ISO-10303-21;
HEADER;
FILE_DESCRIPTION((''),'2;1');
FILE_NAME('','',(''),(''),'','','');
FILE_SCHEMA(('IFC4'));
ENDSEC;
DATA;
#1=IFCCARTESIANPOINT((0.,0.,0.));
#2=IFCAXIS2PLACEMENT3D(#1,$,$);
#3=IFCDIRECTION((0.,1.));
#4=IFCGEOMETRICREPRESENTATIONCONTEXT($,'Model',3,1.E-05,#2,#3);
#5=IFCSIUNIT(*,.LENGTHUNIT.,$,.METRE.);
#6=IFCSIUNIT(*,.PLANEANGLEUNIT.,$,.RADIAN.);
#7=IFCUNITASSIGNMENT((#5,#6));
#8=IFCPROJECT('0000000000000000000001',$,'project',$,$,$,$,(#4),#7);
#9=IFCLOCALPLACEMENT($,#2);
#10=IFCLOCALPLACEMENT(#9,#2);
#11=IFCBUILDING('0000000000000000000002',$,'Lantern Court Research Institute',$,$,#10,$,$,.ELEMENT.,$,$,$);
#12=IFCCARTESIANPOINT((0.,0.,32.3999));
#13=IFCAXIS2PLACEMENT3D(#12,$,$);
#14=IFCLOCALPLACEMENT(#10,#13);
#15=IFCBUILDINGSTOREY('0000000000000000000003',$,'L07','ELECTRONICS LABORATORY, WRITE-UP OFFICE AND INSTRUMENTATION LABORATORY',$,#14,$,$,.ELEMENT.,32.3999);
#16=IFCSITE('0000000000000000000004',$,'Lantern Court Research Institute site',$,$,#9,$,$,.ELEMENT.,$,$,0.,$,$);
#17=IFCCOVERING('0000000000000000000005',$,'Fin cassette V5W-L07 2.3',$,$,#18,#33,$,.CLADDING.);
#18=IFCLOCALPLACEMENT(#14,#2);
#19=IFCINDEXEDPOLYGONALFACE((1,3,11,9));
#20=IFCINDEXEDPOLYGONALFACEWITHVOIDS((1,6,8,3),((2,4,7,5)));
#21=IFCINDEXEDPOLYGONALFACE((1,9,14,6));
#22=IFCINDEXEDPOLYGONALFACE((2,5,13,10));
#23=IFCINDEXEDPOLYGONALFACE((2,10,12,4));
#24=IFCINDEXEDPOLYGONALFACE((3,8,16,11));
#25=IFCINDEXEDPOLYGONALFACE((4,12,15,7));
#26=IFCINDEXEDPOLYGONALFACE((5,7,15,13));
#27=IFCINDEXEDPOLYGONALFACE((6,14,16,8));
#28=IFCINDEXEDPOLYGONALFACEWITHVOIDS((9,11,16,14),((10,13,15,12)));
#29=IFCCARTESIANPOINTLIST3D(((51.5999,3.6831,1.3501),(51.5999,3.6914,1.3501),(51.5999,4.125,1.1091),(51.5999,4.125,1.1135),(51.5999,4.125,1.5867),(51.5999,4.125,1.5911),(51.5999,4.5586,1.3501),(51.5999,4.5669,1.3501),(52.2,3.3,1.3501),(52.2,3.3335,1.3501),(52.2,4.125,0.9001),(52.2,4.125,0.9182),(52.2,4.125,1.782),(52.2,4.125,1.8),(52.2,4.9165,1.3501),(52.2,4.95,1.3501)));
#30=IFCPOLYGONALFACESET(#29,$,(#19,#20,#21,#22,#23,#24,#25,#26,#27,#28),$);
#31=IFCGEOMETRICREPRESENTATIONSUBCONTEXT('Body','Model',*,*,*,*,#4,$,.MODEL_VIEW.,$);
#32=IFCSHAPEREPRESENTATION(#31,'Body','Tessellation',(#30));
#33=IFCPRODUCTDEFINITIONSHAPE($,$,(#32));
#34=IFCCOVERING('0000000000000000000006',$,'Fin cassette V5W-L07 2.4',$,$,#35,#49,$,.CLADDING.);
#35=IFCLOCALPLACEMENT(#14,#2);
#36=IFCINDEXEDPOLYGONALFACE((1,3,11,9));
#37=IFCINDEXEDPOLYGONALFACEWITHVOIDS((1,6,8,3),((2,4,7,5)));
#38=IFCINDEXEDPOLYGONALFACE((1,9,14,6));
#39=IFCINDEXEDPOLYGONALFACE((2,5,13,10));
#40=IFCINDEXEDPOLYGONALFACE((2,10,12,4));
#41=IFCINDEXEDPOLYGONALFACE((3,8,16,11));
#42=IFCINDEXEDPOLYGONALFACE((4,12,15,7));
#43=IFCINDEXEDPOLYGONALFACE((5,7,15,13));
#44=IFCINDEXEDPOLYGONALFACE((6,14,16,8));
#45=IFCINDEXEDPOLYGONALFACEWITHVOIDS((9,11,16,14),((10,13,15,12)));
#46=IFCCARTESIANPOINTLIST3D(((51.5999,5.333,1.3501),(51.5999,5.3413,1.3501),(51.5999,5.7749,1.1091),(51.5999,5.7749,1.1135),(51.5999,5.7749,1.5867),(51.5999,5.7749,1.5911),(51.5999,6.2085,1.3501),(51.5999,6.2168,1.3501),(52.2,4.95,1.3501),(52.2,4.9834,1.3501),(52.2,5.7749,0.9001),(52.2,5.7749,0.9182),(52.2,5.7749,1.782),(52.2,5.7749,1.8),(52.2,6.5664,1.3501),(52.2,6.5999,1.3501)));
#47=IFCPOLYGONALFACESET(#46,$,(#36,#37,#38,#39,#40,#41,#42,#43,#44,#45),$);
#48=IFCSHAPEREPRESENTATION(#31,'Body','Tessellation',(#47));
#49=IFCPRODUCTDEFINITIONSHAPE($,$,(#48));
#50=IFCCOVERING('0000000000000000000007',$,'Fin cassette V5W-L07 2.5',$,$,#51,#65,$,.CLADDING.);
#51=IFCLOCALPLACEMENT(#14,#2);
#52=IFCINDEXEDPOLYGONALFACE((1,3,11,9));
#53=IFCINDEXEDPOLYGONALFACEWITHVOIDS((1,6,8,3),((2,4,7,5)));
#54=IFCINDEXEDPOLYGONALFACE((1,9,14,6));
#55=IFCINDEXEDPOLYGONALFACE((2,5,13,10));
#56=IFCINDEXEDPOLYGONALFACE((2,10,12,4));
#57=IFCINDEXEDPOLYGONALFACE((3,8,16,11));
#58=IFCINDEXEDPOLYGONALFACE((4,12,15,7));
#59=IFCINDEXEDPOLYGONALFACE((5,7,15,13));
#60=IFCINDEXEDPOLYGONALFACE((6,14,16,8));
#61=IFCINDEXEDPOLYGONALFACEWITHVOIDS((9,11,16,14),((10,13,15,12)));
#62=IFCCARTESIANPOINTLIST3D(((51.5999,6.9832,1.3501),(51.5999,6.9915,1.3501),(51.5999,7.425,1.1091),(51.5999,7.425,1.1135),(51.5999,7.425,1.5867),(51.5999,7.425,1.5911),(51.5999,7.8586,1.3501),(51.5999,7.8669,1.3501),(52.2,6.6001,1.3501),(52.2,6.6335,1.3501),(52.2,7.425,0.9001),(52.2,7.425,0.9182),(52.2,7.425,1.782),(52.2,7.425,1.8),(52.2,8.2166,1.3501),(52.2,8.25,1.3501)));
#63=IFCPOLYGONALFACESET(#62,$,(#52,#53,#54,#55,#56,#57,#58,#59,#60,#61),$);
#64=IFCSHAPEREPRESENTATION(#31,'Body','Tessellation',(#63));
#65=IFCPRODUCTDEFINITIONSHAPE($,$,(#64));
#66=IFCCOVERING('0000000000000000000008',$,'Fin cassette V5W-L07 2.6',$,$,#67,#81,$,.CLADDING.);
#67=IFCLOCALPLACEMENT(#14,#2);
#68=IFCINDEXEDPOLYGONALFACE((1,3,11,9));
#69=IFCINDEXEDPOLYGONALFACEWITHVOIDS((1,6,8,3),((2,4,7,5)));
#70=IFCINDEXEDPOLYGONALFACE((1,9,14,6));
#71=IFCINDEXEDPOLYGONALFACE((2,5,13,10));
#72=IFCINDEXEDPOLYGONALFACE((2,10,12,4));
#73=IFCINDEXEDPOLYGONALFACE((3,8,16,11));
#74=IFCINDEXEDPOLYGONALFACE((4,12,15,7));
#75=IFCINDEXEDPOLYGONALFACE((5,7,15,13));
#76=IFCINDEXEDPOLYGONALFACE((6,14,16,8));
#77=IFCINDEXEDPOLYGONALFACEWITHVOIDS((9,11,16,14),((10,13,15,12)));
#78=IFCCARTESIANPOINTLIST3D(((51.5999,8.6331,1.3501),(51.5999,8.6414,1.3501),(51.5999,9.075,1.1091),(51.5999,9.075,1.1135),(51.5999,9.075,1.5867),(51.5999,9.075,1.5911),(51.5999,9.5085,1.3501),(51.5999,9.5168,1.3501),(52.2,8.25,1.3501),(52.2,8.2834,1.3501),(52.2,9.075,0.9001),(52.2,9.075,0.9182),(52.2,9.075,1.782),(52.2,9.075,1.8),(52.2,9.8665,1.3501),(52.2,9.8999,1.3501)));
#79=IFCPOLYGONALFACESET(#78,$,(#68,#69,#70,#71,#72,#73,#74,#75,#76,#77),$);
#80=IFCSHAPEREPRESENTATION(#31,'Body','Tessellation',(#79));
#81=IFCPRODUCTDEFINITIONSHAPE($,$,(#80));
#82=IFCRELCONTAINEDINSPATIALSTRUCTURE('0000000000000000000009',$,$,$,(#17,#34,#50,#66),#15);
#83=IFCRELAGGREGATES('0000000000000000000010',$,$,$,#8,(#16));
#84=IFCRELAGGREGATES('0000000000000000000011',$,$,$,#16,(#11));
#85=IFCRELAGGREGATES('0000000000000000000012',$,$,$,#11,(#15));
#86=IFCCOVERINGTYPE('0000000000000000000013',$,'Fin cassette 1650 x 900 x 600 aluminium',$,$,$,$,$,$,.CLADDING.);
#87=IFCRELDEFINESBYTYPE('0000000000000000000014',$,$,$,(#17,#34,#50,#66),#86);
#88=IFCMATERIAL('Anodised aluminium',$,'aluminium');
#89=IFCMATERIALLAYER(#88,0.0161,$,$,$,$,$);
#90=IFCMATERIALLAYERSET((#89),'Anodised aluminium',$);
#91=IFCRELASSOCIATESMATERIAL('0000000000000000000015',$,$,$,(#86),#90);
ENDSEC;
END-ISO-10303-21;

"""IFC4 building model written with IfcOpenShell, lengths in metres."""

from ifc_helpers import new_model, entity, si_unit, direction, frame, origin, place, context, subcontext, project, spatial, material, layer, layer_set, type_object, element, save


model = new_model("IFC4")

# Units and contexts
model_context = context("Model", 3, precision=1e-05, world=origin(), true_north=direction((0.0, 1.0)))
body_context = subcontext(model_context, "Body", "Model", "MODEL_VIEW")
ifc_project = project(units=[si_unit("LENGTHUNIT", "METRE"), si_unit("PLANEANGLEUNIT", "RADIAN")], contexts=[model_context])

# Site, building, storey
site_placement = place(None, origin())
site = spatial("IfcSite", under=ifc_project, at=site_placement, Name="Lantern Court Research Institute site", CompositionType="ELEMENT", RefElevation=0.0)
building_placement = place(site_placement, origin())
building = spatial("IfcBuilding", under=site, at=building_placement, Name="Lantern Court Research Institute", CompositionType="ELEMENT")
storey_placement = place(building_placement, frame((0.0, 0.0, 32.3999)))
storey = spatial("IfcBuildingStorey", under=building, at=storey_placement, Name="L07", Description="ELECTRONICS LABORATORY, WRITE-UP OFFICE AND INSTRUMENTATION LABORATORY", CompositionType="ELEMENT", Elevation=32.3999)

# Coverings
ifc_material_1 = material(Name="Anodised aluminium", Category="aluminium")
ifc_layer_1 = layer(ifc_material_1, 0.0161)
ifc_layer_set_1 = layer_set([ifc_layer_1], Name="Anodised aluminium")
covering_type = type_object("IfcCoveringType", Name="Fin cassette 1650 x 900 x 600 aluminium", PredefinedType="CLADDING", material=ifc_layer_set_1)
covering_1_placement = place(storey_placement, frame((52.2, 4.125, 1.3501), z_axis=(-1.0, 0.0, 0.0), x_axis=(0.0, -1.0, 0.0)))
cartesian_point_1 = entity("IfcCartesianPoint", [0.825, 0.0])
cartesian_point_2 = entity("IfcCartesianPoint", [0.7915, 0.0])
cartesian_point_3 = entity("IfcCartesianPoint", [0.4419, 0.0])
cartesian_point_4 = entity("IfcCartesianPoint", [0.4336, 0.0])
element("IfcCovering", 1, at=covering_1_placement, inside=storey, type_object=covering_type, Name="Fin cassette V5W-L07 2.3", PredefinedType="CLADDING", context=body_context, shape_type="SweptSolid", body=[
    entity("IfcExtrudedAreaSolidTapered", entity("IfcArbitraryProfileDefWithVoids", "AREA", None, entity("IfcPolyline", [cartesian_point_1, entity("IfcCartesianPoint", [0.0, 0.45]), entity("IfcCartesianPoint", [-0.825, 0.0]), entity("IfcCartesianPoint", [0.0, -0.45]), cartesian_point_1]), [entity("IfcPolyline", [cartesian_point_2, entity("IfcCartesianPoint", [0.0, 0.4319]), entity("IfcCartesianPoint", [-0.7915, 0.0]), entity("IfcCartesianPoint", [0.0, -0.4319]), cartesian_point_2])]), entity("IfcAxis2Placement3D", entity("IfcCartesianPoint", [0.0, 0.0, 0.0])), entity("IfcDirection", [0.0, 0.0, 1.0]), 0.6001, entity("IfcArbitraryProfileDefWithVoids", "AREA", None, entity("IfcPolyline", [cartesian_point_3, entity("IfcCartesianPoint", [0.0, 0.241]), entity("IfcCartesianPoint", [-0.4419, 0.0]), entity("IfcCartesianPoint", [0.0, -0.241]), cartesian_point_3]), [entity("IfcPolyline", [cartesian_point_4, entity("IfcCartesianPoint", [0.0, 0.2366]), entity("IfcCartesianPoint", [-0.4336, 0.0]), entity("IfcCartesianPoint", [0.0, -0.2366]), cartesian_point_4])])),
])
covering_2_placement = place(storey_placement, frame((52.2, 5.7749, 1.3501), z_axis=(-1.0, 0.0, 0.0), x_axis=(0.0, -1.0, 0.0)))
cartesian_point_5 = entity("IfcCartesianPoint", [0.825, 0.0])
cartesian_point_6 = entity("IfcCartesianPoint", [0.7915, 0.0])
cartesian_point_7 = entity("IfcCartesianPoint", [0.4419, 0.0])
cartesian_point_8 = entity("IfcCartesianPoint", [0.4336, 0.0])
element("IfcCovering", 2, at=covering_2_placement, inside=storey, type_object=covering_type, Name="Fin cassette V5W-L07 2.4", PredefinedType="CLADDING", context=body_context, shape_type="SweptSolid", body=[
    entity("IfcExtrudedAreaSolidTapered", entity("IfcArbitraryProfileDefWithVoids", "AREA", None, entity("IfcPolyline", [cartesian_point_5, entity("IfcCartesianPoint", [0.0, 0.45]), entity("IfcCartesianPoint", [-0.825, 0.0]), entity("IfcCartesianPoint", [0.0, -0.45]), cartesian_point_5]), [entity("IfcPolyline", [cartesian_point_6, entity("IfcCartesianPoint", [0.0, 0.4319]), entity("IfcCartesianPoint", [-0.7915, 0.0]), entity("IfcCartesianPoint", [0.0, -0.4319]), cartesian_point_6])]), entity("IfcAxis2Placement3D", entity("IfcCartesianPoint", [0.0, 0.0, 0.0])), entity("IfcDirection", [0.0, 0.0, 1.0]), 0.6001, entity("IfcArbitraryProfileDefWithVoids", "AREA", None, entity("IfcPolyline", [cartesian_point_7, entity("IfcCartesianPoint", [0.0, 0.241]), entity("IfcCartesianPoint", [-0.4419, 0.0]), entity("IfcCartesianPoint", [0.0, -0.241]), cartesian_point_7]), [entity("IfcPolyline", [cartesian_point_8, entity("IfcCartesianPoint", [0.0, 0.2366]), entity("IfcCartesianPoint", [-0.4336, 0.0]), entity("IfcCartesianPoint", [0.0, -0.2366]), cartesian_point_8])])),
])
covering_3_placement = place(storey_placement, frame((52.2, 7.425, 1.3501), z_axis=(-1.0, 0.0, 0.0), x_axis=(0.0, -1.0, 0.0)))
cartesian_point_9 = entity("IfcCartesianPoint", [0.825, 0.0])
cartesian_point_10 = entity("IfcCartesianPoint", [0.7915, 0.0])
cartesian_point_11 = entity("IfcCartesianPoint", [0.4419, 0.0])
cartesian_point_12 = entity("IfcCartesianPoint", [0.4336, 0.0])
element("IfcCovering", 3, at=covering_3_placement, inside=storey, type_object=covering_type, Name="Fin cassette V5W-L07 2.5", PredefinedType="CLADDING", context=body_context, shape_type="SweptSolid", body=[
    entity("IfcExtrudedAreaSolidTapered", entity("IfcArbitraryProfileDefWithVoids", "AREA", None, entity("IfcPolyline", [cartesian_point_9, entity("IfcCartesianPoint", [0.0, 0.45]), entity("IfcCartesianPoint", [-0.825, 0.0]), entity("IfcCartesianPoint", [0.0, -0.45]), cartesian_point_9]), [entity("IfcPolyline", [cartesian_point_10, entity("IfcCartesianPoint", [0.0, 0.4319]), entity("IfcCartesianPoint", [-0.7915, 0.0]), entity("IfcCartesianPoint", [0.0, -0.4319]), cartesian_point_10])]), entity("IfcAxis2Placement3D", entity("IfcCartesianPoint", [0.0, 0.0, 0.0])), entity("IfcDirection", [0.0, 0.0, 1.0]), 0.6001, entity("IfcArbitraryProfileDefWithVoids", "AREA", None, entity("IfcPolyline", [cartesian_point_11, entity("IfcCartesianPoint", [0.0, 0.241]), entity("IfcCartesianPoint", [-0.4419, 0.0]), entity("IfcCartesianPoint", [0.0, -0.241]), cartesian_point_11]), [entity("IfcPolyline", [cartesian_point_12, entity("IfcCartesianPoint", [0.0, 0.2366]), entity("IfcCartesianPoint", [-0.4336, 0.0]), entity("IfcCartesianPoint", [0.0, -0.2366]), cartesian_point_12])])),
])
covering_4_placement = place(storey_placement, frame((52.2, 9.075, 1.3501), z_axis=(-1.0, 0.0, 0.0), x_axis=(0.0, -1.0, 0.0)))
cartesian_point_13 = entity("IfcCartesianPoint", [0.825, 0.0])
cartesian_point_14 = entity("IfcCartesianPoint", [0.7915, 0.0])
cartesian_point_15 = entity("IfcCartesianPoint", [0.4419, 0.0])
cartesian_point_16 = entity("IfcCartesianPoint", [0.4336, 0.0])
element("IfcCovering", 4, at=covering_4_placement, inside=storey, type_object=covering_type, Name="Fin cassette V5W-L07 2.6", PredefinedType="CLADDING", context=body_context, shape_type="SweptSolid", body=[
    entity("IfcExtrudedAreaSolidTapered", entity("IfcArbitraryProfileDefWithVoids", "AREA", None, entity("IfcPolyline", [cartesian_point_13, entity("IfcCartesianPoint", [0.0, 0.45]), entity("IfcCartesianPoint", [-0.825, 0.0]), entity("IfcCartesianPoint", [0.0, -0.45]), cartesian_point_13]), [entity("IfcPolyline", [cartesian_point_14, entity("IfcCartesianPoint", [0.0, 0.4319]), entity("IfcCartesianPoint", [-0.7915, 0.0]), entity("IfcCartesianPoint", [0.0, -0.4319]), cartesian_point_14])]), entity("IfcAxis2Placement3D", entity("IfcCartesianPoint", [0.0, 0.0, 0.0])), entity("IfcDirection", [0.0, 0.0, 1.0]), 0.6001, entity("IfcArbitraryProfileDefWithVoids", "AREA", None, entity("IfcPolyline", [cartesian_point_15, entity("IfcCartesianPoint", [0.0, 0.241]), entity("IfcCartesianPoint", [-0.4419, 0.0]), entity("IfcCartesianPoint", [0.0, -0.241]), cartesian_point_15]), [entity("IfcPolyline", [cartesian_point_16, entity("IfcCartesianPoint", [0.0, 0.2366]), entity("IfcCartesianPoint", [-0.4336, 0.0]), entity("IfcCartesianPoint", [0.0, -0.2366]), cartesian_point_16])])),
])

save(model, "model.ifc")
